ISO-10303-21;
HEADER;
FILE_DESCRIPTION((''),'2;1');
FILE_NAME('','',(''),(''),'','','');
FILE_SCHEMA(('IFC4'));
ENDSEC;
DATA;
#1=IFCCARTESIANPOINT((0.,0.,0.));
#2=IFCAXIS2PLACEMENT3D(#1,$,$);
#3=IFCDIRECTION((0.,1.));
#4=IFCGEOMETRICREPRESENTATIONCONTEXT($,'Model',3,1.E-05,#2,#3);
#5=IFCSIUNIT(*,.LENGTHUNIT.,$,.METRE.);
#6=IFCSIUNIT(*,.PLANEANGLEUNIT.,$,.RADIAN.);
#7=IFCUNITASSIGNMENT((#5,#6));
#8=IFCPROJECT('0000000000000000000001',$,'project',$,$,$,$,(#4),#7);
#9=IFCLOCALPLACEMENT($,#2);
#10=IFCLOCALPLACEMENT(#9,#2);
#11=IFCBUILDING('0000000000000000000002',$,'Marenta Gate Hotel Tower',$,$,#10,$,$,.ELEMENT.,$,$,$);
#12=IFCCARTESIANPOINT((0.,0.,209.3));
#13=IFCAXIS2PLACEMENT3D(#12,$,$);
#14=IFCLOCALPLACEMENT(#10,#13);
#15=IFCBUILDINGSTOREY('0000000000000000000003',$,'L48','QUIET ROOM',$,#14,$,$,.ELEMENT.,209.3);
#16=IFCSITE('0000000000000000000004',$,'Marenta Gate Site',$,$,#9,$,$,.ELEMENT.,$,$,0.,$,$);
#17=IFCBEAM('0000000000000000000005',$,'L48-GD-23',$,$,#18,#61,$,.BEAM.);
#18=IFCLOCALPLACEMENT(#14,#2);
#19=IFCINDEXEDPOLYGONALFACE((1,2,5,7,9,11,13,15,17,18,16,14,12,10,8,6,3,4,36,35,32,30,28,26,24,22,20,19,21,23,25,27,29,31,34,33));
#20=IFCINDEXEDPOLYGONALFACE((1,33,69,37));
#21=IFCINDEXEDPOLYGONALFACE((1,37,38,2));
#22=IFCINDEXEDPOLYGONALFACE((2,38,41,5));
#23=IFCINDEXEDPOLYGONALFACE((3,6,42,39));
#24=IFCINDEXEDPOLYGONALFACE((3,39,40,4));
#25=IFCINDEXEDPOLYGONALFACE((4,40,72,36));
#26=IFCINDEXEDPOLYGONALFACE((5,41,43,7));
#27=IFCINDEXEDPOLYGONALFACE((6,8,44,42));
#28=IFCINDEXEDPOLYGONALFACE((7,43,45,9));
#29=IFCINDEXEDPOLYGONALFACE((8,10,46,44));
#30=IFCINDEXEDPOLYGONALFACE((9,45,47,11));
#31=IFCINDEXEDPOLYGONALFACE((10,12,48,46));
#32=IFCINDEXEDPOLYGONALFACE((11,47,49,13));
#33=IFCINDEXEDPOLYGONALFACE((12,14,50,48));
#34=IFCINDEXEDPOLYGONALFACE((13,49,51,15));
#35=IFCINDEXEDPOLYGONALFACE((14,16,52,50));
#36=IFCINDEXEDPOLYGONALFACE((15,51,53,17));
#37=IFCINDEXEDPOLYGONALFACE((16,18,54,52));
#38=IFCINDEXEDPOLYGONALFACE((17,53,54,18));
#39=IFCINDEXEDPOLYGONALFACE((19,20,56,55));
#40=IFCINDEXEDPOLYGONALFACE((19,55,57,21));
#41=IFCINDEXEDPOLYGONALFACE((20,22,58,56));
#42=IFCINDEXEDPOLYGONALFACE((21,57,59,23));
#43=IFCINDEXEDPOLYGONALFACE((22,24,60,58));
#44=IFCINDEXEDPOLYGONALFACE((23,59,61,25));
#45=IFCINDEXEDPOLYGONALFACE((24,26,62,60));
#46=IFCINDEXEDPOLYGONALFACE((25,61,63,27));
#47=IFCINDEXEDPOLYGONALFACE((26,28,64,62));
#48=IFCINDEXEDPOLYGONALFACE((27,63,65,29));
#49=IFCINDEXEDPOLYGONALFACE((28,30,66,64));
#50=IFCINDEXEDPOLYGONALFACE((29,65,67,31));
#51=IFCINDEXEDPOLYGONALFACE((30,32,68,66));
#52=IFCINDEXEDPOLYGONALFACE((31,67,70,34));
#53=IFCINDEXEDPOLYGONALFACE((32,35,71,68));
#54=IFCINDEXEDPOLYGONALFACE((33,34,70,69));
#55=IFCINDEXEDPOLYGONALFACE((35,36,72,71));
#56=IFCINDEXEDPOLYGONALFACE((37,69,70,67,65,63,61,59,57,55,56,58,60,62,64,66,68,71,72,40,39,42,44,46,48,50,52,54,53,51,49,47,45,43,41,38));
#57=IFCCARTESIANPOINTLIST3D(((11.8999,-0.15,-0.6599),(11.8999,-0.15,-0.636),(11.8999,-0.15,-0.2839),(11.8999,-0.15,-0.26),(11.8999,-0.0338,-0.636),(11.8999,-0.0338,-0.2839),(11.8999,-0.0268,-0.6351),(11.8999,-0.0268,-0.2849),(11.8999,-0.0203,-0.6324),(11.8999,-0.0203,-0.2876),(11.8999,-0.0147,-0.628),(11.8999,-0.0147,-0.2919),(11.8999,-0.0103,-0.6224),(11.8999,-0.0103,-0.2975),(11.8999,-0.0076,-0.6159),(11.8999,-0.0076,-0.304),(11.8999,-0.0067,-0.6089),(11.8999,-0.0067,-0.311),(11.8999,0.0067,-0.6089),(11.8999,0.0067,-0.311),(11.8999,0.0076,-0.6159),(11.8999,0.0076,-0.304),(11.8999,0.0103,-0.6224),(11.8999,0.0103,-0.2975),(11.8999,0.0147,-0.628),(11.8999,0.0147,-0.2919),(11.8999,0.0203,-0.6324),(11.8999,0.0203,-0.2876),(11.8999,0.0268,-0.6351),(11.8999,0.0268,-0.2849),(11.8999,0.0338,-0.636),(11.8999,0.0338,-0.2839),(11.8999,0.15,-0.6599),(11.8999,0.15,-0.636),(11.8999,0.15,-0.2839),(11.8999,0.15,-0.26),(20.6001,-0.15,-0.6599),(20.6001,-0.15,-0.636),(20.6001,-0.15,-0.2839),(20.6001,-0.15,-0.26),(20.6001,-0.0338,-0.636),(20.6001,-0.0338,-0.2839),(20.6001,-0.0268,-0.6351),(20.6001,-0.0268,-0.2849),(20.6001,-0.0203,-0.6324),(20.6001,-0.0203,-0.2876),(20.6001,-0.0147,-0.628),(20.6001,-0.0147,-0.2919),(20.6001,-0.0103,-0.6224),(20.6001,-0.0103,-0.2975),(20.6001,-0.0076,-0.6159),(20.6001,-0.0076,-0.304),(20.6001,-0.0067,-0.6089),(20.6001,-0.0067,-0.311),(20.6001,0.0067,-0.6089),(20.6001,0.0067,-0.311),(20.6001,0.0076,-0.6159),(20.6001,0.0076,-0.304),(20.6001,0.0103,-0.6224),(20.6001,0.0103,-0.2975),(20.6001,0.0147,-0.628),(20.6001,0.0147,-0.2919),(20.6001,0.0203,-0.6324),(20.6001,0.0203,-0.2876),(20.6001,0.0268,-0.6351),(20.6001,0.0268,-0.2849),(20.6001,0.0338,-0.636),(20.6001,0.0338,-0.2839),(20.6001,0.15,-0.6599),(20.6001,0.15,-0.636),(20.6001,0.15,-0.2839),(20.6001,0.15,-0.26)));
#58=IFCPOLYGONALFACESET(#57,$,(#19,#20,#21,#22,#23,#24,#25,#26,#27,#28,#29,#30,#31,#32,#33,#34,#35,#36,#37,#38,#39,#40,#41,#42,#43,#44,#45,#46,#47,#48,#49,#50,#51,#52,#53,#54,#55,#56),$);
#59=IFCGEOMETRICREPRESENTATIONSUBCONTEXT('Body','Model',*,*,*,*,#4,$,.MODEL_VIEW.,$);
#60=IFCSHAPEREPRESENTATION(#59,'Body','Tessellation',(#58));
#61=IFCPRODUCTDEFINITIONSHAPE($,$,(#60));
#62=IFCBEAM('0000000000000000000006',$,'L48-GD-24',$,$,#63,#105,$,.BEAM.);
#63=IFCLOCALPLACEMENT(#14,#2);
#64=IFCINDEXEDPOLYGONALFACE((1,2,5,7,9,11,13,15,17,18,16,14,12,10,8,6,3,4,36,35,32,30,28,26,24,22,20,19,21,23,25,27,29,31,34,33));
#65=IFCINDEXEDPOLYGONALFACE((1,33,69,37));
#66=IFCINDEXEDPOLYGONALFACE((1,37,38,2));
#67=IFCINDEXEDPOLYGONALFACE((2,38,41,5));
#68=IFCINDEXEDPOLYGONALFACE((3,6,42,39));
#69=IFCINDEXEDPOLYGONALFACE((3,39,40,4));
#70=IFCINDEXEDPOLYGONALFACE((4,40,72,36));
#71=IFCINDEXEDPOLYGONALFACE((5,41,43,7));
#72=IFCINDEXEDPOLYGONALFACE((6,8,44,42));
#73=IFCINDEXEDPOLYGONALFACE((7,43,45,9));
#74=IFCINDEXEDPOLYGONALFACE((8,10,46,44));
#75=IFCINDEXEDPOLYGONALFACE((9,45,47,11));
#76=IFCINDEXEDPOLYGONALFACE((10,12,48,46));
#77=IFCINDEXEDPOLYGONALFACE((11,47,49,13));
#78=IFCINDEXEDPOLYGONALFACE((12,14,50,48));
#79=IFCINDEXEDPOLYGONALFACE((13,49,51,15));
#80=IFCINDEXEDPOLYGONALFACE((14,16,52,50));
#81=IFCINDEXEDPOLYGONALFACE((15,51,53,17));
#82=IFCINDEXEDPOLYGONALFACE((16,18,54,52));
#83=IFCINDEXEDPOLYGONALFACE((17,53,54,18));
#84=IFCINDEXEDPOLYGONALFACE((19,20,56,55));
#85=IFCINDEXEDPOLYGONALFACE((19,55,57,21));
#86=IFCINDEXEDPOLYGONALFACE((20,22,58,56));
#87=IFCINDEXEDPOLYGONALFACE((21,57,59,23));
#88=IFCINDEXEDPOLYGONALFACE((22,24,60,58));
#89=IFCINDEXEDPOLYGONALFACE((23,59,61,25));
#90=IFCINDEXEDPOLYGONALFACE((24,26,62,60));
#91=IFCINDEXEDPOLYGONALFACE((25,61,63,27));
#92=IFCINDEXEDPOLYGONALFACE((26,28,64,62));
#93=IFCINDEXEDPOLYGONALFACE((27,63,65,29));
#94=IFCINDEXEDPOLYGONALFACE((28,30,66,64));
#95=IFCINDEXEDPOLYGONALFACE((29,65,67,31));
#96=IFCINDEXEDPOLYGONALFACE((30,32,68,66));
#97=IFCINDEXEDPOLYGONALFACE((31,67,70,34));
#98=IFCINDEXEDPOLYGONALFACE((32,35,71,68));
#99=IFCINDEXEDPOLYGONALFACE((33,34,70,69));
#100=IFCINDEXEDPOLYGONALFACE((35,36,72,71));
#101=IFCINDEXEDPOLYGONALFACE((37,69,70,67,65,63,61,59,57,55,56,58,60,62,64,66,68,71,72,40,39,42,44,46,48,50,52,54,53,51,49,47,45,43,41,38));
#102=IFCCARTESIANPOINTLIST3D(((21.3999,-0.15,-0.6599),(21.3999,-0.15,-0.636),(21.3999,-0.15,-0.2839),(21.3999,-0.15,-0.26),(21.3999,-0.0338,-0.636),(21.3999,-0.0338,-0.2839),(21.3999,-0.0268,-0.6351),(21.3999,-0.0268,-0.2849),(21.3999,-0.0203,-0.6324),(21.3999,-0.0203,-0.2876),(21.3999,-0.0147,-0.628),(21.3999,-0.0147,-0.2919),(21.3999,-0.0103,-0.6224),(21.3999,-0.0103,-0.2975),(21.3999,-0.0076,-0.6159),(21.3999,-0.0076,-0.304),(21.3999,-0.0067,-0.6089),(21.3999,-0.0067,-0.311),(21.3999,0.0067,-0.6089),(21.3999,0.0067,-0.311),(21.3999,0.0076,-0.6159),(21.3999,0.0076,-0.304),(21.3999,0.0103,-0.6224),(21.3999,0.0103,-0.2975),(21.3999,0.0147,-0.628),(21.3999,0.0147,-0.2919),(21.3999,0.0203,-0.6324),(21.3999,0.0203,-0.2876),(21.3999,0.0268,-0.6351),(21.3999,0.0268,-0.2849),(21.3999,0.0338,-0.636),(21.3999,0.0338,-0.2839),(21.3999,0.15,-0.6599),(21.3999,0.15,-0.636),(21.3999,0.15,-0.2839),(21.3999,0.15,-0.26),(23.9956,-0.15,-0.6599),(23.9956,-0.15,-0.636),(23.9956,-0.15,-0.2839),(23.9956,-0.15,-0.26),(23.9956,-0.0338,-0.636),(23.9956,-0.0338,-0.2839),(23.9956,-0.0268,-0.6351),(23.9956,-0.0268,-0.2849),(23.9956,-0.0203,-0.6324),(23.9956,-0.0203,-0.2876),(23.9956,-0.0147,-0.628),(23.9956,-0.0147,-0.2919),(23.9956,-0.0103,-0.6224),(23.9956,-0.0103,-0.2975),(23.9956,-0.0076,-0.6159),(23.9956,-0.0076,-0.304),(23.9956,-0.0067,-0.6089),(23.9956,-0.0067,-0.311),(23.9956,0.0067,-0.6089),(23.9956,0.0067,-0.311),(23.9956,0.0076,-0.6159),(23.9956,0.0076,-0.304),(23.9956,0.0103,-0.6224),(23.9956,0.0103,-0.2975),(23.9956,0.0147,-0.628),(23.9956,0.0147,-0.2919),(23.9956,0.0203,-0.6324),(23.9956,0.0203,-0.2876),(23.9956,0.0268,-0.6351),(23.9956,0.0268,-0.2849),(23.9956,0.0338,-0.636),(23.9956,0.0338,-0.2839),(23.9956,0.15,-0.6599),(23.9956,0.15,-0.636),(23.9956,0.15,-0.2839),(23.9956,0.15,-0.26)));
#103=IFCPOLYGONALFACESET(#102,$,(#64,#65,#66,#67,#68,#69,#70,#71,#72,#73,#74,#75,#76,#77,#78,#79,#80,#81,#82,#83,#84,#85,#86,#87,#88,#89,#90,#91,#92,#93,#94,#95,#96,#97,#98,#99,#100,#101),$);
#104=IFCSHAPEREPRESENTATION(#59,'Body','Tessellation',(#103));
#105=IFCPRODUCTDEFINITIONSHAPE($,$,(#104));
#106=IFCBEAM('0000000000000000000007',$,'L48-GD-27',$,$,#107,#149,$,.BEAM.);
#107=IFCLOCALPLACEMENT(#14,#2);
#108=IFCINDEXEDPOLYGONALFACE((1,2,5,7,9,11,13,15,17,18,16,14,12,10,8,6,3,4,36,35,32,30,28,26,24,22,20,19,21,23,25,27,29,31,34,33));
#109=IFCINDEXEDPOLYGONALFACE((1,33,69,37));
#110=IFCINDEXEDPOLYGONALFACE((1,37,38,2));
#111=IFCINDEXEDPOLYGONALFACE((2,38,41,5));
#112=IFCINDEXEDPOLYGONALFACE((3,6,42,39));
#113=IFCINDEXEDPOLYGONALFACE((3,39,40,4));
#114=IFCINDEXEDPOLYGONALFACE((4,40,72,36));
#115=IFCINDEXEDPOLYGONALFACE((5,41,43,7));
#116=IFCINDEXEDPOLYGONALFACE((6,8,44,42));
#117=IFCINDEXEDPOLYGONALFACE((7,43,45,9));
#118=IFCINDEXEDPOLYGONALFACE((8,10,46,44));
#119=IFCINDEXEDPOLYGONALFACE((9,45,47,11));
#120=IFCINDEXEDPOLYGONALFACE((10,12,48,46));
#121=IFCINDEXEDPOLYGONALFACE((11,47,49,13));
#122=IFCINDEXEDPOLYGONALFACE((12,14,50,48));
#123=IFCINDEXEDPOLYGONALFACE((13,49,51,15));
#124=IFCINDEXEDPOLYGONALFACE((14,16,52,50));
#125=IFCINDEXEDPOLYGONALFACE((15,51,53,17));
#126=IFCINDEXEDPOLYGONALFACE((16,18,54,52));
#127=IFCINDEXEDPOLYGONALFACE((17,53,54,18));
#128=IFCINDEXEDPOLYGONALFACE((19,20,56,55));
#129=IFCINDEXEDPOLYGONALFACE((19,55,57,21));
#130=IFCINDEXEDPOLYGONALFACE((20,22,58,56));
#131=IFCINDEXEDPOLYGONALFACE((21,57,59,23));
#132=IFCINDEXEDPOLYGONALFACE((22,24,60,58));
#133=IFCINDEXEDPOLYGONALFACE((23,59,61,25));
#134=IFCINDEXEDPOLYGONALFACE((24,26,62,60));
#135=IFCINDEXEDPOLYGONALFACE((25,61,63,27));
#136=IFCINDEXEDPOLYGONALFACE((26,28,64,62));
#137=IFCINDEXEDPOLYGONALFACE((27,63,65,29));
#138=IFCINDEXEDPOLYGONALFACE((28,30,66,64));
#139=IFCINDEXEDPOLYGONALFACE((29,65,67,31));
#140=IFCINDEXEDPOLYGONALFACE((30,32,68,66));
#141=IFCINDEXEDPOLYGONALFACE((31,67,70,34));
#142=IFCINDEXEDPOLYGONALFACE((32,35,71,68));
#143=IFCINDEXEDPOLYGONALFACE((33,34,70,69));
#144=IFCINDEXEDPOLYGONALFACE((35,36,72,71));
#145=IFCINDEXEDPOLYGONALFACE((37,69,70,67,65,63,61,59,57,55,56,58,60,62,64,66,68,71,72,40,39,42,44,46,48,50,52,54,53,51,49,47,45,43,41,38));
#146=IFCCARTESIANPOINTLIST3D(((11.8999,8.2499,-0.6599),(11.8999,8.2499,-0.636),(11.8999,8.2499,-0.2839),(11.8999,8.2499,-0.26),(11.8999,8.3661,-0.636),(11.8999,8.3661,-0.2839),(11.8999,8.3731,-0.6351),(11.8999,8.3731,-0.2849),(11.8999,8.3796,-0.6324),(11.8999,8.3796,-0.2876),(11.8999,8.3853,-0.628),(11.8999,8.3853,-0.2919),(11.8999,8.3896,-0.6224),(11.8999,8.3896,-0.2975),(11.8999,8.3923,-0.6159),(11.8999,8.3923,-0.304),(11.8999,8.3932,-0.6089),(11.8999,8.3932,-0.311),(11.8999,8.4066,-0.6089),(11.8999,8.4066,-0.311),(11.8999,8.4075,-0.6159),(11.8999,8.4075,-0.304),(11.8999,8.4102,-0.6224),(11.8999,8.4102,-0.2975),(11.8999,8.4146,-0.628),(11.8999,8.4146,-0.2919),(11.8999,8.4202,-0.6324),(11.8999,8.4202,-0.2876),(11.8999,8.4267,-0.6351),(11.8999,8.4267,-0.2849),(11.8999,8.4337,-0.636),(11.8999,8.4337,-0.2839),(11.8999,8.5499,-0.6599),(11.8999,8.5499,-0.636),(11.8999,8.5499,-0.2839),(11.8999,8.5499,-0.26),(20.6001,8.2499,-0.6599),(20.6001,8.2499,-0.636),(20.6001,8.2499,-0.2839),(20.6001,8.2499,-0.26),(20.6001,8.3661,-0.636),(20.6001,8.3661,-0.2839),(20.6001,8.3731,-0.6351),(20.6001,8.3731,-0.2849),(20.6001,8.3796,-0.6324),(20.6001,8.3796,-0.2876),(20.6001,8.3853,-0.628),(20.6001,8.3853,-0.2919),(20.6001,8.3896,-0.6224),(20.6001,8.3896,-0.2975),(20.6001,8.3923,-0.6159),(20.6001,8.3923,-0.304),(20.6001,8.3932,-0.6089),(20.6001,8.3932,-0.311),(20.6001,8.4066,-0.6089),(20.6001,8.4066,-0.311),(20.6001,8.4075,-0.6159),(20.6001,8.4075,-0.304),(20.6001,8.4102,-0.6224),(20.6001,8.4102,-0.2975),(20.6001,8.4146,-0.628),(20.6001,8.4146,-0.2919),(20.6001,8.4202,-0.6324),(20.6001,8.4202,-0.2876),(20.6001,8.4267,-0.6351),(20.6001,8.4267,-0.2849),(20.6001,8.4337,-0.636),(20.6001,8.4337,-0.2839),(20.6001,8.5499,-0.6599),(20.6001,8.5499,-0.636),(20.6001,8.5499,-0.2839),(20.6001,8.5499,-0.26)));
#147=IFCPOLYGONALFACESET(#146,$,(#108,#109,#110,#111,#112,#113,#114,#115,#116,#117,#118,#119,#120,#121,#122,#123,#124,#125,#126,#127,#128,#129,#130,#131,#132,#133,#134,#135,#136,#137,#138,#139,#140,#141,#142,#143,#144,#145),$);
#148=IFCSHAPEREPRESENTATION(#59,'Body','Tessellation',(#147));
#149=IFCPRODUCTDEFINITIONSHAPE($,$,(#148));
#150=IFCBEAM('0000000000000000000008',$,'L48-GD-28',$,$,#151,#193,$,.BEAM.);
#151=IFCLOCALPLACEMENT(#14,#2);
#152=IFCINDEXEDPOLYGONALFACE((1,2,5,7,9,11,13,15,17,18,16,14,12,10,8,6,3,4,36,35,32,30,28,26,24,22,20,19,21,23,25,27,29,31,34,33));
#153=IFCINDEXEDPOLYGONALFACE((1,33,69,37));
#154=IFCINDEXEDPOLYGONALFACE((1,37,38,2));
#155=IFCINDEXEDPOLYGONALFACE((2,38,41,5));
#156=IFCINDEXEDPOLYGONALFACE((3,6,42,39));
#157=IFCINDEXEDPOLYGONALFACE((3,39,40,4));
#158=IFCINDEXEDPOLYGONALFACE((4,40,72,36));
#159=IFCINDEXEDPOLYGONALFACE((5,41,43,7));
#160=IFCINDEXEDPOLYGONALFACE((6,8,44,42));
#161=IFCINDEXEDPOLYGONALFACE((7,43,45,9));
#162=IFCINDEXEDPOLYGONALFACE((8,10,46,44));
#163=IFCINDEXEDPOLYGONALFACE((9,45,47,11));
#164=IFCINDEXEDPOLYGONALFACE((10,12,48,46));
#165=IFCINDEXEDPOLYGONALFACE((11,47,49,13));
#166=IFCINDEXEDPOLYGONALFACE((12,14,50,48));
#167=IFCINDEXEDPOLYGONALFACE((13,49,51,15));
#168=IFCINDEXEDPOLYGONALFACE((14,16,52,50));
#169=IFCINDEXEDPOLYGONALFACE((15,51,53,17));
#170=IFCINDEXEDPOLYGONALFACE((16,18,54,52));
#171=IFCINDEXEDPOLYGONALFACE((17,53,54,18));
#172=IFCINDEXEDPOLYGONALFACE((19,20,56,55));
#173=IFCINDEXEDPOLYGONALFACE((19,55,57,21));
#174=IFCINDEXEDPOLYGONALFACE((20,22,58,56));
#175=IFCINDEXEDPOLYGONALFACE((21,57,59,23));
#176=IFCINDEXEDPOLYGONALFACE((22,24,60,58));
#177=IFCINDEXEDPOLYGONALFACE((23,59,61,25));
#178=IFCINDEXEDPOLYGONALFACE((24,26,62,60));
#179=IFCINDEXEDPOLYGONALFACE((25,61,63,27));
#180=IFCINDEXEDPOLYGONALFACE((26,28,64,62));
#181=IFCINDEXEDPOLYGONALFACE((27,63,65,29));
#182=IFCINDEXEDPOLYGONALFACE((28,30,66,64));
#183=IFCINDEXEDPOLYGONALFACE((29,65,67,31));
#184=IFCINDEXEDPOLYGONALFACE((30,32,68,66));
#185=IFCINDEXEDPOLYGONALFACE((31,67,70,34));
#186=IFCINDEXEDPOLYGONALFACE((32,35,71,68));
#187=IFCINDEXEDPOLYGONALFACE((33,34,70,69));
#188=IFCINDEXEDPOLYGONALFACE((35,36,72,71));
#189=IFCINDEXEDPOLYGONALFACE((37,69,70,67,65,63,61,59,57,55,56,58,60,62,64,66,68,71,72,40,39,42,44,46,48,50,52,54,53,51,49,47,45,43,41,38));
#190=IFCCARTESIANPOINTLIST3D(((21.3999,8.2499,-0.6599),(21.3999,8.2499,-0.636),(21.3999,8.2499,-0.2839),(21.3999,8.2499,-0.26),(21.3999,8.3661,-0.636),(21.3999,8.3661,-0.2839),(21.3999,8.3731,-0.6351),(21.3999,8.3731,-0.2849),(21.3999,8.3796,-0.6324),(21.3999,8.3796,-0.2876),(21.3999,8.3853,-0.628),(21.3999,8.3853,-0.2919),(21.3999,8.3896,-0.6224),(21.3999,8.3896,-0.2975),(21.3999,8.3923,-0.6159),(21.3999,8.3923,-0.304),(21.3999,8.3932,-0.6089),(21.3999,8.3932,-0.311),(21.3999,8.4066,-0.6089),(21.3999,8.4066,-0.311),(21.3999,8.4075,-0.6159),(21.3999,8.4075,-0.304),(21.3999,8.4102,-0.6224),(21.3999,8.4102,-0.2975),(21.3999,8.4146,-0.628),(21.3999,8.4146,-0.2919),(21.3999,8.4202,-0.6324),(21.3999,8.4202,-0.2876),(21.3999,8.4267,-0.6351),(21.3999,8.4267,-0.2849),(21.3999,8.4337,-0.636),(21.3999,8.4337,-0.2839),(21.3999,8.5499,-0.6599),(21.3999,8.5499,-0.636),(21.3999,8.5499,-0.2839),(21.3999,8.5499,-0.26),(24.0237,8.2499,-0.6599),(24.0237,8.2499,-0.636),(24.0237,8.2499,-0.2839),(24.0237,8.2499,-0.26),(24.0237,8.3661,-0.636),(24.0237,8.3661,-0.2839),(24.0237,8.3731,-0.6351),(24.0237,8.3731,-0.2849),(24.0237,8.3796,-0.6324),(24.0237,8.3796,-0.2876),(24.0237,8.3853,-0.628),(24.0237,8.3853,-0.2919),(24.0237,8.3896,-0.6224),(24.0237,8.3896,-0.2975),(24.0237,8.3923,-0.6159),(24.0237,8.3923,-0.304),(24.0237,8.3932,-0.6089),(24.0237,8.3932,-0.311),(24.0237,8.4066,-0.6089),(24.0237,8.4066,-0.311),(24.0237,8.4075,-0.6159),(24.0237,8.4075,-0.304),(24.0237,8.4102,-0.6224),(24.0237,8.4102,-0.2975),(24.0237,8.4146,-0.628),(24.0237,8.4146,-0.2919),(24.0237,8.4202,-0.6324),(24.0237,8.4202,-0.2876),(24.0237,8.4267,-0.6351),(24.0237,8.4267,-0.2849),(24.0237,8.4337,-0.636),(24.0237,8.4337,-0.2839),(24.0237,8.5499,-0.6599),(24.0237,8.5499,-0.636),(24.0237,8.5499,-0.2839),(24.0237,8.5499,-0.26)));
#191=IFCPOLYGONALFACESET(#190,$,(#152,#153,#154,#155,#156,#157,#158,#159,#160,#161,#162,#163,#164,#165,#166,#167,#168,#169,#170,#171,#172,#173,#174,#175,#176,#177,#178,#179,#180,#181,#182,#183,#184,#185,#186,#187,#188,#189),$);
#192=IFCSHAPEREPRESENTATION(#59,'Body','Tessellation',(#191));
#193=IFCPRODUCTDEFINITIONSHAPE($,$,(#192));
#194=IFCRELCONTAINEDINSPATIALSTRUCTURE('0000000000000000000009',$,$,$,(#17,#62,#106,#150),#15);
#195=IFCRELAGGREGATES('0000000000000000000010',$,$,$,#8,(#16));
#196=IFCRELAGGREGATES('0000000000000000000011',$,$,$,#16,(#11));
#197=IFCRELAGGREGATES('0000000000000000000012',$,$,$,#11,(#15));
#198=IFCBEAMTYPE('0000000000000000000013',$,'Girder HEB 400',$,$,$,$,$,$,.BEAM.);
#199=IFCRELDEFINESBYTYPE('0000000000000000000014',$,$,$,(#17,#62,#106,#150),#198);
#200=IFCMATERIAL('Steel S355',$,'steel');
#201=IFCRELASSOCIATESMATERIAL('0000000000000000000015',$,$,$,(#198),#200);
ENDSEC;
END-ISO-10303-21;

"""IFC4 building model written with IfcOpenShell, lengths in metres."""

from ifc_helpers import new_model, si_unit, direction, frame, origin, origin_2d, place, context, subcontext, project, spatial, i_section, extrude, material, material_profile, profile_set, type_object, element, save


model = new_model("IFC4")

# Units and contexts
model_context = context("Model", 3, precision=1e-05, world=origin(), true_north=direction((0.0, 1.0)))
body_context = subcontext(model_context, "Body", "Model", "MODEL_VIEW")
ifc_project = project(units=[si_unit("LENGTHUNIT", "METRE"), si_unit("PLANEANGLEUNIT", "RADIAN")], contexts=[model_context])

# Site, building, storey
site_placement = place(None, origin())
site = spatial("IfcSite", under=ifc_project, at=site_placement, Name="Marenta Gate Site", CompositionType="ELEMENT", RefElevation=0.0)
building_placement = place(site_placement, origin())
building = spatial("IfcBuilding", under=site, at=building_placement, Name="Marenta Gate Hotel Tower", CompositionType="ELEMENT")
storey_placement = place(building_placement, frame((0.0, 0.0, 209.3)))
storey = spatial("IfcBuildingStorey", under=building, at=storey_placement, Name="L48", Description="QUIET ROOM", CompositionType="ELEMENT", Elevation=209.3)

# Beams
ifc_material_1 = material(Name="Steel S355", Category="steel")
ifc_material_profile_1 = material_profile(ifc_material_1, i_section(OverallWidth=0.3, OverallDepth=0.3999, WebThickness=0.0134, FlangeThickness=0.0239, FilletRadius=0.0271, at=origin_2d()), Name="HEB 400")
ifc_profile_set_1 = profile_set([ifc_material_profile_1], Name="Steel S355")
beam_type_1 = type_object("IfcBeamType", Name="Girder HEB 400", PredefinedType="BEAM", material=ifc_profile_set_1)
beam_1_placement = place(storey_placement, frame((11.8999, 0.0, -0.46), z_axis=(1.0, 0.0, 0.0), x_axis=(0.0, 1.0, 0.0)))
element("IfcBeam", 1, at=beam_1_placement, inside=storey, type_object=beam_type_1, Name="L48-GD-23", PredefinedType="BEAM", context=body_context, shape_type="SweptSolid", body=[
    extrude(i_section(OverallWidth=0.3, OverallDepth=0.3999, WebThickness=0.0134, FlangeThickness=0.0239, FilletRadius=0.0271, at=origin_2d()), origin(), (0.0, 0.0, 1.0), 8.7002),
])
beam_2_placement = place(storey_placement, frame((21.3999, 0.0, -0.46), z_axis=(1.0, 0.0, 0.0), x_axis=(0.0, 1.0, 0.0)))
element("IfcBeam", 2, at=beam_2_placement, inside=storey, type_object=beam_type_1, Name="L48-GD-24", PredefinedType="BEAM", context=body_context, shape_type="SweptSolid", body=[
    extrude(i_section(OverallWidth=0.3, OverallDepth=0.3999, WebThickness=0.0134, FlangeThickness=0.0239, FilletRadius=0.0271, at=origin_2d()), origin(), (0.0, 0.0, 1.0), 2.5957),
])
beam_3_placement = place(storey_placement, frame((11.8999, 8.3999, -0.46), z_axis=(1.0, 0.0, 0.0), x_axis=(0.0, 1.0, 0.0)))
element("IfcBeam", 3, at=beam_3_placement, inside=storey, type_object=beam_type_1, Name="L48-GD-27", PredefinedType="BEAM", context=body_context, shape_type="SweptSolid", body=[
    extrude(i_section(OverallWidth=0.3, OverallDepth=0.3999, WebThickness=0.0134, FlangeThickness=0.0239, FilletRadius=0.0271, at=origin_2d()), origin(), (0.0, 0.0, 1.0), 8.7002),
])
beam_4_placement = place(storey_placement, frame((21.3999, 8.3999, -0.46), z_axis=(1.0, 0.0, 0.0), x_axis=(0.0, 1.0, 0.0)))
element("IfcBeam", 4, at=beam_4_placement, inside=storey, type_object=beam_type_1, Name="L48-GD-28", PredefinedType="BEAM", context=body_context, shape_type="SweptSolid", body=[
    extrude(i_section(OverallWidth=0.3, OverallDepth=0.3999, WebThickness=0.0134, FlangeThickness=0.0239, FilletRadius=0.0271, at=origin_2d()), origin(), (0.0, 0.0, 1.0), 2.6238),
])

save(model, "model.ifc")
